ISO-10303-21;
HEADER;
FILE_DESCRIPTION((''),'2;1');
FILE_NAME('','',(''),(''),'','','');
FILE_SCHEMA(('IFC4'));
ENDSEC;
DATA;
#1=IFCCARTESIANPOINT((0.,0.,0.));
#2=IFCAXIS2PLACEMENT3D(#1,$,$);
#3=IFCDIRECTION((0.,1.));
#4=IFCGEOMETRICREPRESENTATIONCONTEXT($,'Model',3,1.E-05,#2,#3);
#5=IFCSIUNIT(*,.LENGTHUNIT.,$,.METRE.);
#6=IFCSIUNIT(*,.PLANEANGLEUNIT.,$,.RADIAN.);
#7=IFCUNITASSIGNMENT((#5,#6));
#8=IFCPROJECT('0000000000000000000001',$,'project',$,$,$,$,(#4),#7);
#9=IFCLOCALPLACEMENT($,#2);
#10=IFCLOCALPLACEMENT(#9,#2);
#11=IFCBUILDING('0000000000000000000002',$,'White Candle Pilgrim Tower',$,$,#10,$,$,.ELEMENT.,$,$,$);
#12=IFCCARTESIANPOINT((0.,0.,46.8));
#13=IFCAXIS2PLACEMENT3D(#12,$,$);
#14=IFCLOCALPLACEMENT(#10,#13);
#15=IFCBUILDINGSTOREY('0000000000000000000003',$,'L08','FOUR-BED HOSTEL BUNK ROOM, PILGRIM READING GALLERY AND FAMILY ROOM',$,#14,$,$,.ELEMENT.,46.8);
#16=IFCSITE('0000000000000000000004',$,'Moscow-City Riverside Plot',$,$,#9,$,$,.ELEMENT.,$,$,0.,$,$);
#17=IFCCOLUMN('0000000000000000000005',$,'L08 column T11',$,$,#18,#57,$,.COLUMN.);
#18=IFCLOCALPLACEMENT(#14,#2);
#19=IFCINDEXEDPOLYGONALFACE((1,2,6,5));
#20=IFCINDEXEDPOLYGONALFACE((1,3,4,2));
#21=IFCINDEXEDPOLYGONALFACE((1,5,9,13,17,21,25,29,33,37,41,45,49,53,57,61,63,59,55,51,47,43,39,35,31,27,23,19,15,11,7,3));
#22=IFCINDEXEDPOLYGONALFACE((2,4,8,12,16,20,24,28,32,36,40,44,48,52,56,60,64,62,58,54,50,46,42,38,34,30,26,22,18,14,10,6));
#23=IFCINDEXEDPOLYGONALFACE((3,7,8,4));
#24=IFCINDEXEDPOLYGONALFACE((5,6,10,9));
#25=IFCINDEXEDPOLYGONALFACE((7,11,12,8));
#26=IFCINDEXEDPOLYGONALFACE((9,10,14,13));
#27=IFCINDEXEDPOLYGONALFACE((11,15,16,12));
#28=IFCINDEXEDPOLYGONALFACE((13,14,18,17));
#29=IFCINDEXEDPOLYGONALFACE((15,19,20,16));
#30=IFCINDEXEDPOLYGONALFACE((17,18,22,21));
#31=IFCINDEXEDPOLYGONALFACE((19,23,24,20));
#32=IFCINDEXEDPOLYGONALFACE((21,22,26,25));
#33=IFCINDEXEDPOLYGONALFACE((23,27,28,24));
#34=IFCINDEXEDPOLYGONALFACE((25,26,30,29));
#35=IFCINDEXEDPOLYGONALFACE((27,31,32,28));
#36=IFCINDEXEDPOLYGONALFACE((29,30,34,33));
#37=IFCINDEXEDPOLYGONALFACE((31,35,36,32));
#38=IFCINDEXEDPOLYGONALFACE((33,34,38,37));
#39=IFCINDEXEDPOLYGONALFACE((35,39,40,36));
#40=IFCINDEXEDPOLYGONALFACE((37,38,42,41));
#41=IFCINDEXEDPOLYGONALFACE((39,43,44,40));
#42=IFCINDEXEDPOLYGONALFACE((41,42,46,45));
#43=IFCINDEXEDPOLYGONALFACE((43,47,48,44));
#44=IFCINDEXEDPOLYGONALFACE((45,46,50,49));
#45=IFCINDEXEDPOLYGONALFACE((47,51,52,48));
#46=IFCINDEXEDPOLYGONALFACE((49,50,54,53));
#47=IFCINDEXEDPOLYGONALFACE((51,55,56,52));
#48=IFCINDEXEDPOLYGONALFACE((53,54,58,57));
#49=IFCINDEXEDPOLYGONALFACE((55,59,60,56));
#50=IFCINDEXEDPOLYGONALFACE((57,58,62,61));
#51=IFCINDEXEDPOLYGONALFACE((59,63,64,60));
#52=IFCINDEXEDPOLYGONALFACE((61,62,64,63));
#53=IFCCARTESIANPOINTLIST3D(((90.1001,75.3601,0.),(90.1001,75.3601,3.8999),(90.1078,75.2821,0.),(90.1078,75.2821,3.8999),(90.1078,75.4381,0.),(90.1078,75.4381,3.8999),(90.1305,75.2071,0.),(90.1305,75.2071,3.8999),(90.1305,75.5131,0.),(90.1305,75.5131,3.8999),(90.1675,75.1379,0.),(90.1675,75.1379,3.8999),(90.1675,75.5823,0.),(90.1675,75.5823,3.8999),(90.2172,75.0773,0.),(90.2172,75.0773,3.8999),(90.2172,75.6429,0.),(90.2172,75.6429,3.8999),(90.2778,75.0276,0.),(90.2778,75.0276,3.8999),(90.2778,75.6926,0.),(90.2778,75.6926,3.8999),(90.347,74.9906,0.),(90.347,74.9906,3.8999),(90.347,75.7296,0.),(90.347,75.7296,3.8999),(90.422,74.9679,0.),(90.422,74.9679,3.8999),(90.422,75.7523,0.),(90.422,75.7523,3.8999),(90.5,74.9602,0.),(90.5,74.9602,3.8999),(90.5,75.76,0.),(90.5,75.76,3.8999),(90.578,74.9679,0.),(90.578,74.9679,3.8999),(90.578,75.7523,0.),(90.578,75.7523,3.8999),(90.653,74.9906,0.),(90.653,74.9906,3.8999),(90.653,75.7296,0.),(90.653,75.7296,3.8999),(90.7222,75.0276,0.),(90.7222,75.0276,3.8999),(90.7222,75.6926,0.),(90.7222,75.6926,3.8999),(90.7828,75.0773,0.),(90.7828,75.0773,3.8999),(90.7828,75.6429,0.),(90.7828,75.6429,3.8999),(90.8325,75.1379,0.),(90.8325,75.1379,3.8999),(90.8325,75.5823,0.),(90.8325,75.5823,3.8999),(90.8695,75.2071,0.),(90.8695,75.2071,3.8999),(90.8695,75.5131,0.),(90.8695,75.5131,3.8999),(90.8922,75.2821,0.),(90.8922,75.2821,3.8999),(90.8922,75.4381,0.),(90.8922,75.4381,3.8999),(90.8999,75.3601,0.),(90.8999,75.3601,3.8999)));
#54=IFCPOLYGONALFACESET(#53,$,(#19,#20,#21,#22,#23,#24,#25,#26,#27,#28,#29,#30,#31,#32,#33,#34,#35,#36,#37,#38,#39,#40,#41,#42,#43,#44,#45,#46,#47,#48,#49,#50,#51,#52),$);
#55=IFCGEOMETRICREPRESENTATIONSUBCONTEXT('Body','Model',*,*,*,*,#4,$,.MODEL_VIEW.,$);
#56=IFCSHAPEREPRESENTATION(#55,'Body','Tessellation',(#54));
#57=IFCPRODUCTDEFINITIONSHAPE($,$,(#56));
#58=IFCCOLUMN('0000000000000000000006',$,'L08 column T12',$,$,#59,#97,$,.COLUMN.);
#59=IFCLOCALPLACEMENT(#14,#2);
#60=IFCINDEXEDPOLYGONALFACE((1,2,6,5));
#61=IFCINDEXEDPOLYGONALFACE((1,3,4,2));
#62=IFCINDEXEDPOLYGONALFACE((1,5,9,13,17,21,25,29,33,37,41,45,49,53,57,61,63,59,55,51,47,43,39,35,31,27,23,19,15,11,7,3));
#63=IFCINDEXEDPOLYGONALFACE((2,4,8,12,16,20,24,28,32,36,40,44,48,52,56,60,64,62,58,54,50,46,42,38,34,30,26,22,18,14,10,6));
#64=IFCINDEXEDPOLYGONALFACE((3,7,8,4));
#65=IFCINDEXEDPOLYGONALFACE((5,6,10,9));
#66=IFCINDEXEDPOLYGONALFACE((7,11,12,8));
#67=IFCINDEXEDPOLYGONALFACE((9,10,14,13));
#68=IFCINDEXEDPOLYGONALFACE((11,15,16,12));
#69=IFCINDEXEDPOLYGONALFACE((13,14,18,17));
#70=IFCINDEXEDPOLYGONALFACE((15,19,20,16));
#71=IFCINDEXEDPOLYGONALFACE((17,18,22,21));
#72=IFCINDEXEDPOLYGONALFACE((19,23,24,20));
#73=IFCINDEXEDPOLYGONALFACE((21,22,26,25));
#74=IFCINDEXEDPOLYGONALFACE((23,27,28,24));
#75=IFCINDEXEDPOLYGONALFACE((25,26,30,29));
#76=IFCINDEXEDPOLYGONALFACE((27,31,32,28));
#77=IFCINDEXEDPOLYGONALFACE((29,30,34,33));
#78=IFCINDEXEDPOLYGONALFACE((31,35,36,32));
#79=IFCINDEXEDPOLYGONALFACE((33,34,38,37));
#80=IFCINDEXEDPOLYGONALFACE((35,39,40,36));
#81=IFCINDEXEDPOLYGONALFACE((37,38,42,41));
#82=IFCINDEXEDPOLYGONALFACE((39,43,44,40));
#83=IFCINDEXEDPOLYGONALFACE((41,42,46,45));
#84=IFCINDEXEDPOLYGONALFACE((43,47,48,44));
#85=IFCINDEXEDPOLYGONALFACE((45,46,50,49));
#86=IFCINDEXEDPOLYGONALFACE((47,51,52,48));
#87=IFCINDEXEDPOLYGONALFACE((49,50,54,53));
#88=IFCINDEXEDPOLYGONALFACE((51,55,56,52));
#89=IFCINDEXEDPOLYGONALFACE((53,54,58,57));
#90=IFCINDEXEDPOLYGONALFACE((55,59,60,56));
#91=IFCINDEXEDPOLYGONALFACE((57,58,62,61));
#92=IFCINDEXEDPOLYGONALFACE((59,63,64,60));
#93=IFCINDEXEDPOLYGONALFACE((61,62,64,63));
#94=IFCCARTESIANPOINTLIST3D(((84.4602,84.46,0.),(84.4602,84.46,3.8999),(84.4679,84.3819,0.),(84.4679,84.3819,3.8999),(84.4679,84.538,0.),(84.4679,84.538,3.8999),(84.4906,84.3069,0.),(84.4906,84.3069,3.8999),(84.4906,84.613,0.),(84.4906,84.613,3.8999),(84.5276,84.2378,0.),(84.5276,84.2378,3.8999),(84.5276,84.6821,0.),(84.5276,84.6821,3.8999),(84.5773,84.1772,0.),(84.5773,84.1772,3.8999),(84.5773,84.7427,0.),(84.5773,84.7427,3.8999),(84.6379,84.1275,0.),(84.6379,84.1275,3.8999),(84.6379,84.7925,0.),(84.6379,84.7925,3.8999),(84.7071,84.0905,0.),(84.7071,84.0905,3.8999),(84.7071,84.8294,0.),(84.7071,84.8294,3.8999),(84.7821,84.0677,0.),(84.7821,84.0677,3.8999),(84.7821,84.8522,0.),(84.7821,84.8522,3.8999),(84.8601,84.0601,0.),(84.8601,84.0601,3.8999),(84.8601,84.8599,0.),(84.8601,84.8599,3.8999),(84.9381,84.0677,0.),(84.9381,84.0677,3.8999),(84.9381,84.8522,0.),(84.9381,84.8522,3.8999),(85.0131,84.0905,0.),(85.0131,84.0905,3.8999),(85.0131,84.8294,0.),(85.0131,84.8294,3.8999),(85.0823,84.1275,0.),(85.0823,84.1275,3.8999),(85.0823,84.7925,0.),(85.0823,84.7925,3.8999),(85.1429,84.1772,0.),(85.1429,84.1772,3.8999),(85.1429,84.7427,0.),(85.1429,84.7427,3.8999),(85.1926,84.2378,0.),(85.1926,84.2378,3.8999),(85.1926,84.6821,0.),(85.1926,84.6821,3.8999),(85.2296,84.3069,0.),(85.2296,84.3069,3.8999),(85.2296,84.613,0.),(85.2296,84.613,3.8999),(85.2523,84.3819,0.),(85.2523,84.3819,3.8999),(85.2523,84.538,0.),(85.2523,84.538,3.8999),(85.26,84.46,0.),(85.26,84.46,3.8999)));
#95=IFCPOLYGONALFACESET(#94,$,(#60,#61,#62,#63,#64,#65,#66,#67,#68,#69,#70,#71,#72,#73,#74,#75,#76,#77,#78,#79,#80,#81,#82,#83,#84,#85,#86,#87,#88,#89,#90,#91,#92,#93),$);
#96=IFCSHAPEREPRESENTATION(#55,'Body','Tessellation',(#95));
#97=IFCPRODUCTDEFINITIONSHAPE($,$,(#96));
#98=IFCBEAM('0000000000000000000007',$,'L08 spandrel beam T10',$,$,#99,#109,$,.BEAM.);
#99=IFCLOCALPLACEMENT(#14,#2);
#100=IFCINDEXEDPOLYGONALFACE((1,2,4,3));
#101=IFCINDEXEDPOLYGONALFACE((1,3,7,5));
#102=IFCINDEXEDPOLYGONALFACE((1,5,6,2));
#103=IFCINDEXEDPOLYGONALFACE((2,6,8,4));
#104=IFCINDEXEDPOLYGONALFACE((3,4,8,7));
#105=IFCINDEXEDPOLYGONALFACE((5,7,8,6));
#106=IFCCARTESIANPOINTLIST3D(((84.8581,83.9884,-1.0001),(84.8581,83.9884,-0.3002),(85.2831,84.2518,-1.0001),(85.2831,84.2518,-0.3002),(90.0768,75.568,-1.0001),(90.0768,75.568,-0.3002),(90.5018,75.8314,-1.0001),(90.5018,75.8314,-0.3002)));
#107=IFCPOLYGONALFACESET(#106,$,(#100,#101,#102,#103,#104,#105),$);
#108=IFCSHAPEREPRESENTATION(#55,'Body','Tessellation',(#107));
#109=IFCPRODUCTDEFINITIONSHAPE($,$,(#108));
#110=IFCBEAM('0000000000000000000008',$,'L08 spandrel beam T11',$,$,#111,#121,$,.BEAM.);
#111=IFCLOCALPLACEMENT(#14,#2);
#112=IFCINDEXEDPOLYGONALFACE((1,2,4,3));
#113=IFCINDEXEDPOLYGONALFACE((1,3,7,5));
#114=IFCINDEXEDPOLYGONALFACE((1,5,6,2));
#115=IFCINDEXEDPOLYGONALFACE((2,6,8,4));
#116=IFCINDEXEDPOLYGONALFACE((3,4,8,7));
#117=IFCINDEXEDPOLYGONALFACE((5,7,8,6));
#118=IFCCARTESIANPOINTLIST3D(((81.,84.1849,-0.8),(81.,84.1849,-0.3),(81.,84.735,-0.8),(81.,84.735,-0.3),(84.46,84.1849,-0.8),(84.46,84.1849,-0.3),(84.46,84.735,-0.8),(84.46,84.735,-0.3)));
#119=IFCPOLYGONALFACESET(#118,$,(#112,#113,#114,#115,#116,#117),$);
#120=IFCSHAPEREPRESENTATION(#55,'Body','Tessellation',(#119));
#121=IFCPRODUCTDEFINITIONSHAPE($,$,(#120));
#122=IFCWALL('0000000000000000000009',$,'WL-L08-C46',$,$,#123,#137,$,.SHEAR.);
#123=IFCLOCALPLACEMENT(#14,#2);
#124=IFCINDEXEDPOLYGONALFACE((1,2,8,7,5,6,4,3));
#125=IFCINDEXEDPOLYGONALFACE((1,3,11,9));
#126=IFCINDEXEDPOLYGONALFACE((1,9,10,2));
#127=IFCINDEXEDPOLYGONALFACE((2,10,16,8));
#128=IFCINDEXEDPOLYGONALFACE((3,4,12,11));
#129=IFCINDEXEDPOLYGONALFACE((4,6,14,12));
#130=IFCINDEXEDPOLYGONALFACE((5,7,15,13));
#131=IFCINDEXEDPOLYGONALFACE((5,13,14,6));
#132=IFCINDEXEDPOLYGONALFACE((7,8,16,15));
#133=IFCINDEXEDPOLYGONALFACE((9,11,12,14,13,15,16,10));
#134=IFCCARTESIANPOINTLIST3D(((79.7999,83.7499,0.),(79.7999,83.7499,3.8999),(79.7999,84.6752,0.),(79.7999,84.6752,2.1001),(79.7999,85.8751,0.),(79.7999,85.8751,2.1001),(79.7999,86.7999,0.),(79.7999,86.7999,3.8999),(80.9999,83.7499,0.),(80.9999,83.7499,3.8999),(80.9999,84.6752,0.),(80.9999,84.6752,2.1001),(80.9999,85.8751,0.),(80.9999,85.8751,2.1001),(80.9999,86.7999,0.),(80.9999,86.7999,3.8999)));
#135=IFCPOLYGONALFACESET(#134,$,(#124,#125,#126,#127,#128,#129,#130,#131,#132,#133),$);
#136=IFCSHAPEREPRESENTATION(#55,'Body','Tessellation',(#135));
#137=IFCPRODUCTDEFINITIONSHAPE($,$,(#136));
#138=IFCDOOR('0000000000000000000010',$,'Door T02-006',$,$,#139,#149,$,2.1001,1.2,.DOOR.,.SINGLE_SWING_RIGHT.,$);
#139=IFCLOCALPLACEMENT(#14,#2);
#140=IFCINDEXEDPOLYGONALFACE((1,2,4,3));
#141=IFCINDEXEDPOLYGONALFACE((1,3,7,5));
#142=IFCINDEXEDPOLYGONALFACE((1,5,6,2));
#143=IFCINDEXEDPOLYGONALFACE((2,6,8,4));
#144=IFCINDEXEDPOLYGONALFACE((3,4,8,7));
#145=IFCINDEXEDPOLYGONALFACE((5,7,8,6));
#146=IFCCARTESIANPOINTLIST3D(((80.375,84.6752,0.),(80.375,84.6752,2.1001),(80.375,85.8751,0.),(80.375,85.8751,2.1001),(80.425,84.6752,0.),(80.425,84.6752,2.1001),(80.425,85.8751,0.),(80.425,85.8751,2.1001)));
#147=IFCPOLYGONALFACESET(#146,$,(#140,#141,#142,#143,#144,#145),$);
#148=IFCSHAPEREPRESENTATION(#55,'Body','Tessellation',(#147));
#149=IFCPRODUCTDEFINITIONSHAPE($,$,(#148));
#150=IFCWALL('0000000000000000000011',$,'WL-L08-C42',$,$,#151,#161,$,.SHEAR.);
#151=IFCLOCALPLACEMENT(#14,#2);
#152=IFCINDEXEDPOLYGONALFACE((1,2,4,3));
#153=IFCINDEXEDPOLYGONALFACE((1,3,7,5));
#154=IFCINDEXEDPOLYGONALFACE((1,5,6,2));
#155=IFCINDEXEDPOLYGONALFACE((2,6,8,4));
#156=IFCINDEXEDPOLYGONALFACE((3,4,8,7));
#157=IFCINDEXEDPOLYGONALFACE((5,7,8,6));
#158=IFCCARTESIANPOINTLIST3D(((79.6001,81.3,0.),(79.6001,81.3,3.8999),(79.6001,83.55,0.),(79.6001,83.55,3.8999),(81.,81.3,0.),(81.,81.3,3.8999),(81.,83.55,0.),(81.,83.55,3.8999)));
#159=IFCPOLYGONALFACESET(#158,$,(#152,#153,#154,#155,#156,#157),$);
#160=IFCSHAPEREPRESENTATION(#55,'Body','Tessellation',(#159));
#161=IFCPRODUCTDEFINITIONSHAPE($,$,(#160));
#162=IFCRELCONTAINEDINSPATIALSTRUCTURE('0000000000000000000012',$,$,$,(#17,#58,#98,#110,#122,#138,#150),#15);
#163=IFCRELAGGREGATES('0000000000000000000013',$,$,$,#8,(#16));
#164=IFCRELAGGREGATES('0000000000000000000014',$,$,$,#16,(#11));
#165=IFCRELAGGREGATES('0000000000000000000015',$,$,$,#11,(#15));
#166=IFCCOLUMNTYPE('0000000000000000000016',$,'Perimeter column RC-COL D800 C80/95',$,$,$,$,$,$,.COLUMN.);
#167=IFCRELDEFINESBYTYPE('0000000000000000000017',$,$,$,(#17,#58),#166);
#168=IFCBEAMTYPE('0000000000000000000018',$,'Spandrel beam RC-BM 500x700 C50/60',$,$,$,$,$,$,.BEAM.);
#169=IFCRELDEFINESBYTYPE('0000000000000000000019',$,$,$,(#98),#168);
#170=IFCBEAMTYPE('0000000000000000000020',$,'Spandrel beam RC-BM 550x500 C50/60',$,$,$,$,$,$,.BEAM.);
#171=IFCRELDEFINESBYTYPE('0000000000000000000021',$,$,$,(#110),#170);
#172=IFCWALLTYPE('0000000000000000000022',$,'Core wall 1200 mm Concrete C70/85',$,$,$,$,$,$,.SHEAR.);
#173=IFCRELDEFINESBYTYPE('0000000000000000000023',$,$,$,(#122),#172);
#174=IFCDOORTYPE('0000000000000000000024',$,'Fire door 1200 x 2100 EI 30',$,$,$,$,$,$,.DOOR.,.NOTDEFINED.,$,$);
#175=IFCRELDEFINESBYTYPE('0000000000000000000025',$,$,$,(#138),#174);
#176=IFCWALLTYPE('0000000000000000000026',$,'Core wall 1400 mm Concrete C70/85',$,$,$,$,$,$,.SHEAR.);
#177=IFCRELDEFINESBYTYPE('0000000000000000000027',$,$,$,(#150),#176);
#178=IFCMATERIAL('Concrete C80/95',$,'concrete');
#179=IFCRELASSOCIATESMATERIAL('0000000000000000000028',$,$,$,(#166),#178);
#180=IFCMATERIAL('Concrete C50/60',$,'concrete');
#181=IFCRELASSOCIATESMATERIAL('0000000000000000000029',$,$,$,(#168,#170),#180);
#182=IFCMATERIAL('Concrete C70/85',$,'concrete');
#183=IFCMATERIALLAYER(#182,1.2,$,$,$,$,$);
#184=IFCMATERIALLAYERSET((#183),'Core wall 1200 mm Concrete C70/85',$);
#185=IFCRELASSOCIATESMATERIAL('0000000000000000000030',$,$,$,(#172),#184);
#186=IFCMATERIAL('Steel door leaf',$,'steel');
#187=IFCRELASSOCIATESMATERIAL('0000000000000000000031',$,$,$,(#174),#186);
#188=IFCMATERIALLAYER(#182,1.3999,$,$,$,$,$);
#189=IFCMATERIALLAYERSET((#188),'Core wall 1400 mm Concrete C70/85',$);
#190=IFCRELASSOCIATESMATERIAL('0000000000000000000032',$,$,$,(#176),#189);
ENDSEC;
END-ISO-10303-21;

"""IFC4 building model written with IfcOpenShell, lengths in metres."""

from ifc_helpers import new_model, si_unit, direction, frame, frame_2d, origin, origin_2d, place, context, subcontext, project, spatial, rectangle, circle, extrude, material, layer, layer_set, material_profile, profile_set, type_object, element, fill, save


model = new_model("IFC4")

# Units and contexts
model_context = context("Model", 3, precision=1e-05, world=origin(), true_north=direction((0.0, 1.0)))
body_context = subcontext(model_context, "Body", "Model", "MODEL_VIEW")
ifc_project = project(units=[si_unit("LENGTHUNIT", "METRE"), si_unit("PLANEANGLEUNIT", "RADIAN")], contexts=[model_context])

# Site, building, storey
site_placement = place(None, origin())
site = spatial("IfcSite", under=ifc_project, at=site_placement, Name="Moscow-City Riverside Plot", CompositionType="ELEMENT", RefElevation=0.0)
building_placement = place(site_placement, origin())
building = spatial("IfcBuilding", under=site, at=building_placement, Name="White Candle Pilgrim Tower", CompositionType="ELEMENT")
storey_placement = place(building_placement, frame((0.0, 0.0, 46.8)))
storey = spatial("IfcBuildingStorey", under=building, at=storey_placement, Name="L08", Description="FOUR-BED HOSTEL BUNK ROOM, PILGRIM READING GALLERY AND FAMILY ROOM", CompositionType="ELEMENT", Elevation=46.8)

# Columns
ifc_material_1 = material(Name="Concrete C80/95", Category="concrete")
ifc_material_profile_1 = material_profile(ifc_material_1, circle(Radius=0.3999, at=origin_2d()), Name="RC-COL D800")
ifc_profile_set_1 = profile_set([ifc_material_profile_1], Name="Concrete C80/95")
column_type = type_object("IfcColumnType", Name="Perimeter column RC-COL D800 C80/95", PredefinedType="COLUMN", material=ifc_profile_set_1)
for number, where, z_axis, x_axis, name in (
    (1, (90.5, 75.3601, 0.0), (0.0, 0.0, 1.0), (1.0, 0.0, 0.0), "L08 column T11"),
    (2, (84.8601, 84.46, 0.0), (0.0, 0.0, 1.0), (1.0, 0.0, 0.0), "L08 column T12"),
):
    element("IfcColumn", number, at=place(storey_placement, frame(where, z_axis=z_axis, x_axis=x_axis)), inside=storey, type_object=column_type, Name=name, PredefinedType="COLUMN", context=body_context, shape_type="SweptSolid", body=[
        extrude(circle(Radius=0.3999, at=origin_2d()), origin(), (0.0, 0.0, 1.0), 3.8999),
    ])

# Beams
ifc_material_2 = material(Name="Concrete C50/60", Category="concrete")
ifc_material_profile_2 = material_profile(ifc_material_2, rectangle(XDim=0.5, YDim=0.7, at=origin_2d()), Name="RC-BM 500x700")
ifc_profile_set_2 = profile_set([ifc_material_profile_2], Name="Concrete C50/60")
beam_type_1 = type_object("IfcBeamType", Name="Spandrel beam RC-BM 500x700 C50/60", PredefinedType="BEAM", material=ifc_profile_set_2)
beam_1_placement = place(storey_placement, frame((90.2893, 75.6997, -0.6501), z_axis=(-0.526801, 0.849989, 0.0), x_axis=(-0.849989, -0.526801, 0.0)))
element("IfcBeam", 3, at=beam_1_placement, inside=storey, type_object=beam_type_1, Name="L08 spandrel beam T10", PredefinedType="BEAM", context=body_context, shape_type="SweptSolid", body=[
    extrude(rectangle(XDim=0.5, YDim=0.7, at=origin_2d()), origin(), (0.0, 0.0, 1.0), 9.9065),
])
ifc_material_profile_3 = material_profile(ifc_material_2, rectangle(XDim=0.55, YDim=0.5, at=origin_2d()), Name="RC-BM 550x500")
ifc_profile_set_3 = profile_set([ifc_material_profile_3], Name="Concrete C50/60")
beam_type_2 = type_object("IfcBeamType", Name="Spandrel beam RC-BM 550x500 C50/60", PredefinedType="BEAM", material=ifc_profile_set_3)
beam_2_placement = place(storey_placement, frame((84.46, 84.46, -0.55), z_axis=(-1.0, 0.0, 0.0), x_axis=(0.0, -1.0, 0.0)))
element("IfcBeam", 4, at=beam_2_placement, inside=storey, type_object=beam_type_2, Name="L08 spandrel beam T11", PredefinedType="BEAM", context=body_context, shape_type="SweptSolid", body=[
    extrude(rectangle(XDim=0.55, YDim=0.5, at=origin_2d()), origin(), (0.0, 0.0, 1.0), 3.46),
])

# Wall, opening, door
ifc_material_3 = material(Name="Concrete C70/85", Category="concrete")
ifc_layer_1 = layer(ifc_material_3, 1.2)
ifc_layer_set_1 = layer_set([ifc_layer_1], Name="Core wall 1200 mm Concrete C70/85")
wall_type_1 = type_object("IfcWallType", Name="Core wall 1200 mm Concrete C70/85", PredefinedType="SHEAR", material=ifc_layer_set_1)
wall_1_placement = place(storey_placement, frame((80.3999, 83.75, 0.0), z_axis=(0.0, 0.0, 1.0), x_axis=(0.0, 1.0, 0.0)))
wall_1 = element("IfcWall", 5, at=wall_1_placement, inside=storey, type_object=wall_type_1, Name="WL-L08-C46", PredefinedType="SHEAR", context=body_context, shape_type="SweptSolid", body=[
    extrude(rectangle(XDim=3.05, YDim=1.2, at=frame_2d((1.5249, 0.0))), origin(), (0.0, 0.0, 1.0), 3.8999),
])
opening_1_placement = place(wall_1_placement, frame((0.925, 0.0, 0.0)))
opening_1 = element("IfcOpeningElement", 6, at=opening_1_placement, cuts=wall_1, PredefinedType="OPENING", context=body_context, shape_type="SweptSolid", body=[
    extrude(rectangle(XDim=1.2, YDim=2.1001, at=frame_2d((0.6001, 1.05))), frame((0.0, 0.6099, 0.0), z_axis=(0.0, -1.0, 0.0), x_axis=(1.0, 0.0, 0.0)), (0.0, 0.0, 1.0), 1.22),
])
ifc_material_4 = material(Name="Steel door leaf", Category="steel")
door_type_1 = type_object("IfcDoorType", Name="Fire door 1200 x 2100 EI 30", OperationType="NOTDEFINED", PredefinedType="DOOR", material=ifc_material_4)
door_1_placement = place(opening_1_placement, origin())
door_1 = element("IfcDoor", 7, at=door_1_placement, inside=storey, type_object=door_type_1, Name="Door T02-006", OperationType="SINGLE_SWING_RIGHT", OverallHeight=2.1001, OverallWidth=1.2, PredefinedType="DOOR", context=body_context, shape_type="SweptSolid", body=[
    extrude(rectangle(XDim=1.2, YDim=2.1001, at=frame_2d((0.6001, 1.05))), frame((0.0, 0.0249, 0.0), z_axis=(0.0, -1.0, 0.0), x_axis=(1.0, 0.0, 0.0)), (0.0, 0.0, 1.0), 0.05),
])
fill(opening_1, door_1)

# Wall
ifc_layer_2 = layer(ifc_material_3, 1.3999)
ifc_layer_set_2 = layer_set([ifc_layer_2], Name="Core wall 1400 mm Concrete C70/85")
wall_type_2 = type_object("IfcWallType", Name="Core wall 1400 mm Concrete C70/85", PredefinedType="SHEAR", material=ifc_layer_set_2)
wall_2_placement = place(storey_placement, frame((80.3, 81.3, 0.0), z_axis=(0.0, 0.0, 1.0), x_axis=(0.0, 1.0, 0.0)))
element("IfcWall", 8, at=wall_2_placement, inside=storey, type_object=wall_type_2, Name="WL-L08-C42", PredefinedType="SHEAR", context=body_context, shape_type="SweptSolid", body=[
    extrude(rectangle(XDim=2.25, YDim=1.3999, at=frame_2d((1.125, 0.0))), origin(), (0.0, 0.0, 1.0), 3.8999),
])

save(model, "model.ifc")
